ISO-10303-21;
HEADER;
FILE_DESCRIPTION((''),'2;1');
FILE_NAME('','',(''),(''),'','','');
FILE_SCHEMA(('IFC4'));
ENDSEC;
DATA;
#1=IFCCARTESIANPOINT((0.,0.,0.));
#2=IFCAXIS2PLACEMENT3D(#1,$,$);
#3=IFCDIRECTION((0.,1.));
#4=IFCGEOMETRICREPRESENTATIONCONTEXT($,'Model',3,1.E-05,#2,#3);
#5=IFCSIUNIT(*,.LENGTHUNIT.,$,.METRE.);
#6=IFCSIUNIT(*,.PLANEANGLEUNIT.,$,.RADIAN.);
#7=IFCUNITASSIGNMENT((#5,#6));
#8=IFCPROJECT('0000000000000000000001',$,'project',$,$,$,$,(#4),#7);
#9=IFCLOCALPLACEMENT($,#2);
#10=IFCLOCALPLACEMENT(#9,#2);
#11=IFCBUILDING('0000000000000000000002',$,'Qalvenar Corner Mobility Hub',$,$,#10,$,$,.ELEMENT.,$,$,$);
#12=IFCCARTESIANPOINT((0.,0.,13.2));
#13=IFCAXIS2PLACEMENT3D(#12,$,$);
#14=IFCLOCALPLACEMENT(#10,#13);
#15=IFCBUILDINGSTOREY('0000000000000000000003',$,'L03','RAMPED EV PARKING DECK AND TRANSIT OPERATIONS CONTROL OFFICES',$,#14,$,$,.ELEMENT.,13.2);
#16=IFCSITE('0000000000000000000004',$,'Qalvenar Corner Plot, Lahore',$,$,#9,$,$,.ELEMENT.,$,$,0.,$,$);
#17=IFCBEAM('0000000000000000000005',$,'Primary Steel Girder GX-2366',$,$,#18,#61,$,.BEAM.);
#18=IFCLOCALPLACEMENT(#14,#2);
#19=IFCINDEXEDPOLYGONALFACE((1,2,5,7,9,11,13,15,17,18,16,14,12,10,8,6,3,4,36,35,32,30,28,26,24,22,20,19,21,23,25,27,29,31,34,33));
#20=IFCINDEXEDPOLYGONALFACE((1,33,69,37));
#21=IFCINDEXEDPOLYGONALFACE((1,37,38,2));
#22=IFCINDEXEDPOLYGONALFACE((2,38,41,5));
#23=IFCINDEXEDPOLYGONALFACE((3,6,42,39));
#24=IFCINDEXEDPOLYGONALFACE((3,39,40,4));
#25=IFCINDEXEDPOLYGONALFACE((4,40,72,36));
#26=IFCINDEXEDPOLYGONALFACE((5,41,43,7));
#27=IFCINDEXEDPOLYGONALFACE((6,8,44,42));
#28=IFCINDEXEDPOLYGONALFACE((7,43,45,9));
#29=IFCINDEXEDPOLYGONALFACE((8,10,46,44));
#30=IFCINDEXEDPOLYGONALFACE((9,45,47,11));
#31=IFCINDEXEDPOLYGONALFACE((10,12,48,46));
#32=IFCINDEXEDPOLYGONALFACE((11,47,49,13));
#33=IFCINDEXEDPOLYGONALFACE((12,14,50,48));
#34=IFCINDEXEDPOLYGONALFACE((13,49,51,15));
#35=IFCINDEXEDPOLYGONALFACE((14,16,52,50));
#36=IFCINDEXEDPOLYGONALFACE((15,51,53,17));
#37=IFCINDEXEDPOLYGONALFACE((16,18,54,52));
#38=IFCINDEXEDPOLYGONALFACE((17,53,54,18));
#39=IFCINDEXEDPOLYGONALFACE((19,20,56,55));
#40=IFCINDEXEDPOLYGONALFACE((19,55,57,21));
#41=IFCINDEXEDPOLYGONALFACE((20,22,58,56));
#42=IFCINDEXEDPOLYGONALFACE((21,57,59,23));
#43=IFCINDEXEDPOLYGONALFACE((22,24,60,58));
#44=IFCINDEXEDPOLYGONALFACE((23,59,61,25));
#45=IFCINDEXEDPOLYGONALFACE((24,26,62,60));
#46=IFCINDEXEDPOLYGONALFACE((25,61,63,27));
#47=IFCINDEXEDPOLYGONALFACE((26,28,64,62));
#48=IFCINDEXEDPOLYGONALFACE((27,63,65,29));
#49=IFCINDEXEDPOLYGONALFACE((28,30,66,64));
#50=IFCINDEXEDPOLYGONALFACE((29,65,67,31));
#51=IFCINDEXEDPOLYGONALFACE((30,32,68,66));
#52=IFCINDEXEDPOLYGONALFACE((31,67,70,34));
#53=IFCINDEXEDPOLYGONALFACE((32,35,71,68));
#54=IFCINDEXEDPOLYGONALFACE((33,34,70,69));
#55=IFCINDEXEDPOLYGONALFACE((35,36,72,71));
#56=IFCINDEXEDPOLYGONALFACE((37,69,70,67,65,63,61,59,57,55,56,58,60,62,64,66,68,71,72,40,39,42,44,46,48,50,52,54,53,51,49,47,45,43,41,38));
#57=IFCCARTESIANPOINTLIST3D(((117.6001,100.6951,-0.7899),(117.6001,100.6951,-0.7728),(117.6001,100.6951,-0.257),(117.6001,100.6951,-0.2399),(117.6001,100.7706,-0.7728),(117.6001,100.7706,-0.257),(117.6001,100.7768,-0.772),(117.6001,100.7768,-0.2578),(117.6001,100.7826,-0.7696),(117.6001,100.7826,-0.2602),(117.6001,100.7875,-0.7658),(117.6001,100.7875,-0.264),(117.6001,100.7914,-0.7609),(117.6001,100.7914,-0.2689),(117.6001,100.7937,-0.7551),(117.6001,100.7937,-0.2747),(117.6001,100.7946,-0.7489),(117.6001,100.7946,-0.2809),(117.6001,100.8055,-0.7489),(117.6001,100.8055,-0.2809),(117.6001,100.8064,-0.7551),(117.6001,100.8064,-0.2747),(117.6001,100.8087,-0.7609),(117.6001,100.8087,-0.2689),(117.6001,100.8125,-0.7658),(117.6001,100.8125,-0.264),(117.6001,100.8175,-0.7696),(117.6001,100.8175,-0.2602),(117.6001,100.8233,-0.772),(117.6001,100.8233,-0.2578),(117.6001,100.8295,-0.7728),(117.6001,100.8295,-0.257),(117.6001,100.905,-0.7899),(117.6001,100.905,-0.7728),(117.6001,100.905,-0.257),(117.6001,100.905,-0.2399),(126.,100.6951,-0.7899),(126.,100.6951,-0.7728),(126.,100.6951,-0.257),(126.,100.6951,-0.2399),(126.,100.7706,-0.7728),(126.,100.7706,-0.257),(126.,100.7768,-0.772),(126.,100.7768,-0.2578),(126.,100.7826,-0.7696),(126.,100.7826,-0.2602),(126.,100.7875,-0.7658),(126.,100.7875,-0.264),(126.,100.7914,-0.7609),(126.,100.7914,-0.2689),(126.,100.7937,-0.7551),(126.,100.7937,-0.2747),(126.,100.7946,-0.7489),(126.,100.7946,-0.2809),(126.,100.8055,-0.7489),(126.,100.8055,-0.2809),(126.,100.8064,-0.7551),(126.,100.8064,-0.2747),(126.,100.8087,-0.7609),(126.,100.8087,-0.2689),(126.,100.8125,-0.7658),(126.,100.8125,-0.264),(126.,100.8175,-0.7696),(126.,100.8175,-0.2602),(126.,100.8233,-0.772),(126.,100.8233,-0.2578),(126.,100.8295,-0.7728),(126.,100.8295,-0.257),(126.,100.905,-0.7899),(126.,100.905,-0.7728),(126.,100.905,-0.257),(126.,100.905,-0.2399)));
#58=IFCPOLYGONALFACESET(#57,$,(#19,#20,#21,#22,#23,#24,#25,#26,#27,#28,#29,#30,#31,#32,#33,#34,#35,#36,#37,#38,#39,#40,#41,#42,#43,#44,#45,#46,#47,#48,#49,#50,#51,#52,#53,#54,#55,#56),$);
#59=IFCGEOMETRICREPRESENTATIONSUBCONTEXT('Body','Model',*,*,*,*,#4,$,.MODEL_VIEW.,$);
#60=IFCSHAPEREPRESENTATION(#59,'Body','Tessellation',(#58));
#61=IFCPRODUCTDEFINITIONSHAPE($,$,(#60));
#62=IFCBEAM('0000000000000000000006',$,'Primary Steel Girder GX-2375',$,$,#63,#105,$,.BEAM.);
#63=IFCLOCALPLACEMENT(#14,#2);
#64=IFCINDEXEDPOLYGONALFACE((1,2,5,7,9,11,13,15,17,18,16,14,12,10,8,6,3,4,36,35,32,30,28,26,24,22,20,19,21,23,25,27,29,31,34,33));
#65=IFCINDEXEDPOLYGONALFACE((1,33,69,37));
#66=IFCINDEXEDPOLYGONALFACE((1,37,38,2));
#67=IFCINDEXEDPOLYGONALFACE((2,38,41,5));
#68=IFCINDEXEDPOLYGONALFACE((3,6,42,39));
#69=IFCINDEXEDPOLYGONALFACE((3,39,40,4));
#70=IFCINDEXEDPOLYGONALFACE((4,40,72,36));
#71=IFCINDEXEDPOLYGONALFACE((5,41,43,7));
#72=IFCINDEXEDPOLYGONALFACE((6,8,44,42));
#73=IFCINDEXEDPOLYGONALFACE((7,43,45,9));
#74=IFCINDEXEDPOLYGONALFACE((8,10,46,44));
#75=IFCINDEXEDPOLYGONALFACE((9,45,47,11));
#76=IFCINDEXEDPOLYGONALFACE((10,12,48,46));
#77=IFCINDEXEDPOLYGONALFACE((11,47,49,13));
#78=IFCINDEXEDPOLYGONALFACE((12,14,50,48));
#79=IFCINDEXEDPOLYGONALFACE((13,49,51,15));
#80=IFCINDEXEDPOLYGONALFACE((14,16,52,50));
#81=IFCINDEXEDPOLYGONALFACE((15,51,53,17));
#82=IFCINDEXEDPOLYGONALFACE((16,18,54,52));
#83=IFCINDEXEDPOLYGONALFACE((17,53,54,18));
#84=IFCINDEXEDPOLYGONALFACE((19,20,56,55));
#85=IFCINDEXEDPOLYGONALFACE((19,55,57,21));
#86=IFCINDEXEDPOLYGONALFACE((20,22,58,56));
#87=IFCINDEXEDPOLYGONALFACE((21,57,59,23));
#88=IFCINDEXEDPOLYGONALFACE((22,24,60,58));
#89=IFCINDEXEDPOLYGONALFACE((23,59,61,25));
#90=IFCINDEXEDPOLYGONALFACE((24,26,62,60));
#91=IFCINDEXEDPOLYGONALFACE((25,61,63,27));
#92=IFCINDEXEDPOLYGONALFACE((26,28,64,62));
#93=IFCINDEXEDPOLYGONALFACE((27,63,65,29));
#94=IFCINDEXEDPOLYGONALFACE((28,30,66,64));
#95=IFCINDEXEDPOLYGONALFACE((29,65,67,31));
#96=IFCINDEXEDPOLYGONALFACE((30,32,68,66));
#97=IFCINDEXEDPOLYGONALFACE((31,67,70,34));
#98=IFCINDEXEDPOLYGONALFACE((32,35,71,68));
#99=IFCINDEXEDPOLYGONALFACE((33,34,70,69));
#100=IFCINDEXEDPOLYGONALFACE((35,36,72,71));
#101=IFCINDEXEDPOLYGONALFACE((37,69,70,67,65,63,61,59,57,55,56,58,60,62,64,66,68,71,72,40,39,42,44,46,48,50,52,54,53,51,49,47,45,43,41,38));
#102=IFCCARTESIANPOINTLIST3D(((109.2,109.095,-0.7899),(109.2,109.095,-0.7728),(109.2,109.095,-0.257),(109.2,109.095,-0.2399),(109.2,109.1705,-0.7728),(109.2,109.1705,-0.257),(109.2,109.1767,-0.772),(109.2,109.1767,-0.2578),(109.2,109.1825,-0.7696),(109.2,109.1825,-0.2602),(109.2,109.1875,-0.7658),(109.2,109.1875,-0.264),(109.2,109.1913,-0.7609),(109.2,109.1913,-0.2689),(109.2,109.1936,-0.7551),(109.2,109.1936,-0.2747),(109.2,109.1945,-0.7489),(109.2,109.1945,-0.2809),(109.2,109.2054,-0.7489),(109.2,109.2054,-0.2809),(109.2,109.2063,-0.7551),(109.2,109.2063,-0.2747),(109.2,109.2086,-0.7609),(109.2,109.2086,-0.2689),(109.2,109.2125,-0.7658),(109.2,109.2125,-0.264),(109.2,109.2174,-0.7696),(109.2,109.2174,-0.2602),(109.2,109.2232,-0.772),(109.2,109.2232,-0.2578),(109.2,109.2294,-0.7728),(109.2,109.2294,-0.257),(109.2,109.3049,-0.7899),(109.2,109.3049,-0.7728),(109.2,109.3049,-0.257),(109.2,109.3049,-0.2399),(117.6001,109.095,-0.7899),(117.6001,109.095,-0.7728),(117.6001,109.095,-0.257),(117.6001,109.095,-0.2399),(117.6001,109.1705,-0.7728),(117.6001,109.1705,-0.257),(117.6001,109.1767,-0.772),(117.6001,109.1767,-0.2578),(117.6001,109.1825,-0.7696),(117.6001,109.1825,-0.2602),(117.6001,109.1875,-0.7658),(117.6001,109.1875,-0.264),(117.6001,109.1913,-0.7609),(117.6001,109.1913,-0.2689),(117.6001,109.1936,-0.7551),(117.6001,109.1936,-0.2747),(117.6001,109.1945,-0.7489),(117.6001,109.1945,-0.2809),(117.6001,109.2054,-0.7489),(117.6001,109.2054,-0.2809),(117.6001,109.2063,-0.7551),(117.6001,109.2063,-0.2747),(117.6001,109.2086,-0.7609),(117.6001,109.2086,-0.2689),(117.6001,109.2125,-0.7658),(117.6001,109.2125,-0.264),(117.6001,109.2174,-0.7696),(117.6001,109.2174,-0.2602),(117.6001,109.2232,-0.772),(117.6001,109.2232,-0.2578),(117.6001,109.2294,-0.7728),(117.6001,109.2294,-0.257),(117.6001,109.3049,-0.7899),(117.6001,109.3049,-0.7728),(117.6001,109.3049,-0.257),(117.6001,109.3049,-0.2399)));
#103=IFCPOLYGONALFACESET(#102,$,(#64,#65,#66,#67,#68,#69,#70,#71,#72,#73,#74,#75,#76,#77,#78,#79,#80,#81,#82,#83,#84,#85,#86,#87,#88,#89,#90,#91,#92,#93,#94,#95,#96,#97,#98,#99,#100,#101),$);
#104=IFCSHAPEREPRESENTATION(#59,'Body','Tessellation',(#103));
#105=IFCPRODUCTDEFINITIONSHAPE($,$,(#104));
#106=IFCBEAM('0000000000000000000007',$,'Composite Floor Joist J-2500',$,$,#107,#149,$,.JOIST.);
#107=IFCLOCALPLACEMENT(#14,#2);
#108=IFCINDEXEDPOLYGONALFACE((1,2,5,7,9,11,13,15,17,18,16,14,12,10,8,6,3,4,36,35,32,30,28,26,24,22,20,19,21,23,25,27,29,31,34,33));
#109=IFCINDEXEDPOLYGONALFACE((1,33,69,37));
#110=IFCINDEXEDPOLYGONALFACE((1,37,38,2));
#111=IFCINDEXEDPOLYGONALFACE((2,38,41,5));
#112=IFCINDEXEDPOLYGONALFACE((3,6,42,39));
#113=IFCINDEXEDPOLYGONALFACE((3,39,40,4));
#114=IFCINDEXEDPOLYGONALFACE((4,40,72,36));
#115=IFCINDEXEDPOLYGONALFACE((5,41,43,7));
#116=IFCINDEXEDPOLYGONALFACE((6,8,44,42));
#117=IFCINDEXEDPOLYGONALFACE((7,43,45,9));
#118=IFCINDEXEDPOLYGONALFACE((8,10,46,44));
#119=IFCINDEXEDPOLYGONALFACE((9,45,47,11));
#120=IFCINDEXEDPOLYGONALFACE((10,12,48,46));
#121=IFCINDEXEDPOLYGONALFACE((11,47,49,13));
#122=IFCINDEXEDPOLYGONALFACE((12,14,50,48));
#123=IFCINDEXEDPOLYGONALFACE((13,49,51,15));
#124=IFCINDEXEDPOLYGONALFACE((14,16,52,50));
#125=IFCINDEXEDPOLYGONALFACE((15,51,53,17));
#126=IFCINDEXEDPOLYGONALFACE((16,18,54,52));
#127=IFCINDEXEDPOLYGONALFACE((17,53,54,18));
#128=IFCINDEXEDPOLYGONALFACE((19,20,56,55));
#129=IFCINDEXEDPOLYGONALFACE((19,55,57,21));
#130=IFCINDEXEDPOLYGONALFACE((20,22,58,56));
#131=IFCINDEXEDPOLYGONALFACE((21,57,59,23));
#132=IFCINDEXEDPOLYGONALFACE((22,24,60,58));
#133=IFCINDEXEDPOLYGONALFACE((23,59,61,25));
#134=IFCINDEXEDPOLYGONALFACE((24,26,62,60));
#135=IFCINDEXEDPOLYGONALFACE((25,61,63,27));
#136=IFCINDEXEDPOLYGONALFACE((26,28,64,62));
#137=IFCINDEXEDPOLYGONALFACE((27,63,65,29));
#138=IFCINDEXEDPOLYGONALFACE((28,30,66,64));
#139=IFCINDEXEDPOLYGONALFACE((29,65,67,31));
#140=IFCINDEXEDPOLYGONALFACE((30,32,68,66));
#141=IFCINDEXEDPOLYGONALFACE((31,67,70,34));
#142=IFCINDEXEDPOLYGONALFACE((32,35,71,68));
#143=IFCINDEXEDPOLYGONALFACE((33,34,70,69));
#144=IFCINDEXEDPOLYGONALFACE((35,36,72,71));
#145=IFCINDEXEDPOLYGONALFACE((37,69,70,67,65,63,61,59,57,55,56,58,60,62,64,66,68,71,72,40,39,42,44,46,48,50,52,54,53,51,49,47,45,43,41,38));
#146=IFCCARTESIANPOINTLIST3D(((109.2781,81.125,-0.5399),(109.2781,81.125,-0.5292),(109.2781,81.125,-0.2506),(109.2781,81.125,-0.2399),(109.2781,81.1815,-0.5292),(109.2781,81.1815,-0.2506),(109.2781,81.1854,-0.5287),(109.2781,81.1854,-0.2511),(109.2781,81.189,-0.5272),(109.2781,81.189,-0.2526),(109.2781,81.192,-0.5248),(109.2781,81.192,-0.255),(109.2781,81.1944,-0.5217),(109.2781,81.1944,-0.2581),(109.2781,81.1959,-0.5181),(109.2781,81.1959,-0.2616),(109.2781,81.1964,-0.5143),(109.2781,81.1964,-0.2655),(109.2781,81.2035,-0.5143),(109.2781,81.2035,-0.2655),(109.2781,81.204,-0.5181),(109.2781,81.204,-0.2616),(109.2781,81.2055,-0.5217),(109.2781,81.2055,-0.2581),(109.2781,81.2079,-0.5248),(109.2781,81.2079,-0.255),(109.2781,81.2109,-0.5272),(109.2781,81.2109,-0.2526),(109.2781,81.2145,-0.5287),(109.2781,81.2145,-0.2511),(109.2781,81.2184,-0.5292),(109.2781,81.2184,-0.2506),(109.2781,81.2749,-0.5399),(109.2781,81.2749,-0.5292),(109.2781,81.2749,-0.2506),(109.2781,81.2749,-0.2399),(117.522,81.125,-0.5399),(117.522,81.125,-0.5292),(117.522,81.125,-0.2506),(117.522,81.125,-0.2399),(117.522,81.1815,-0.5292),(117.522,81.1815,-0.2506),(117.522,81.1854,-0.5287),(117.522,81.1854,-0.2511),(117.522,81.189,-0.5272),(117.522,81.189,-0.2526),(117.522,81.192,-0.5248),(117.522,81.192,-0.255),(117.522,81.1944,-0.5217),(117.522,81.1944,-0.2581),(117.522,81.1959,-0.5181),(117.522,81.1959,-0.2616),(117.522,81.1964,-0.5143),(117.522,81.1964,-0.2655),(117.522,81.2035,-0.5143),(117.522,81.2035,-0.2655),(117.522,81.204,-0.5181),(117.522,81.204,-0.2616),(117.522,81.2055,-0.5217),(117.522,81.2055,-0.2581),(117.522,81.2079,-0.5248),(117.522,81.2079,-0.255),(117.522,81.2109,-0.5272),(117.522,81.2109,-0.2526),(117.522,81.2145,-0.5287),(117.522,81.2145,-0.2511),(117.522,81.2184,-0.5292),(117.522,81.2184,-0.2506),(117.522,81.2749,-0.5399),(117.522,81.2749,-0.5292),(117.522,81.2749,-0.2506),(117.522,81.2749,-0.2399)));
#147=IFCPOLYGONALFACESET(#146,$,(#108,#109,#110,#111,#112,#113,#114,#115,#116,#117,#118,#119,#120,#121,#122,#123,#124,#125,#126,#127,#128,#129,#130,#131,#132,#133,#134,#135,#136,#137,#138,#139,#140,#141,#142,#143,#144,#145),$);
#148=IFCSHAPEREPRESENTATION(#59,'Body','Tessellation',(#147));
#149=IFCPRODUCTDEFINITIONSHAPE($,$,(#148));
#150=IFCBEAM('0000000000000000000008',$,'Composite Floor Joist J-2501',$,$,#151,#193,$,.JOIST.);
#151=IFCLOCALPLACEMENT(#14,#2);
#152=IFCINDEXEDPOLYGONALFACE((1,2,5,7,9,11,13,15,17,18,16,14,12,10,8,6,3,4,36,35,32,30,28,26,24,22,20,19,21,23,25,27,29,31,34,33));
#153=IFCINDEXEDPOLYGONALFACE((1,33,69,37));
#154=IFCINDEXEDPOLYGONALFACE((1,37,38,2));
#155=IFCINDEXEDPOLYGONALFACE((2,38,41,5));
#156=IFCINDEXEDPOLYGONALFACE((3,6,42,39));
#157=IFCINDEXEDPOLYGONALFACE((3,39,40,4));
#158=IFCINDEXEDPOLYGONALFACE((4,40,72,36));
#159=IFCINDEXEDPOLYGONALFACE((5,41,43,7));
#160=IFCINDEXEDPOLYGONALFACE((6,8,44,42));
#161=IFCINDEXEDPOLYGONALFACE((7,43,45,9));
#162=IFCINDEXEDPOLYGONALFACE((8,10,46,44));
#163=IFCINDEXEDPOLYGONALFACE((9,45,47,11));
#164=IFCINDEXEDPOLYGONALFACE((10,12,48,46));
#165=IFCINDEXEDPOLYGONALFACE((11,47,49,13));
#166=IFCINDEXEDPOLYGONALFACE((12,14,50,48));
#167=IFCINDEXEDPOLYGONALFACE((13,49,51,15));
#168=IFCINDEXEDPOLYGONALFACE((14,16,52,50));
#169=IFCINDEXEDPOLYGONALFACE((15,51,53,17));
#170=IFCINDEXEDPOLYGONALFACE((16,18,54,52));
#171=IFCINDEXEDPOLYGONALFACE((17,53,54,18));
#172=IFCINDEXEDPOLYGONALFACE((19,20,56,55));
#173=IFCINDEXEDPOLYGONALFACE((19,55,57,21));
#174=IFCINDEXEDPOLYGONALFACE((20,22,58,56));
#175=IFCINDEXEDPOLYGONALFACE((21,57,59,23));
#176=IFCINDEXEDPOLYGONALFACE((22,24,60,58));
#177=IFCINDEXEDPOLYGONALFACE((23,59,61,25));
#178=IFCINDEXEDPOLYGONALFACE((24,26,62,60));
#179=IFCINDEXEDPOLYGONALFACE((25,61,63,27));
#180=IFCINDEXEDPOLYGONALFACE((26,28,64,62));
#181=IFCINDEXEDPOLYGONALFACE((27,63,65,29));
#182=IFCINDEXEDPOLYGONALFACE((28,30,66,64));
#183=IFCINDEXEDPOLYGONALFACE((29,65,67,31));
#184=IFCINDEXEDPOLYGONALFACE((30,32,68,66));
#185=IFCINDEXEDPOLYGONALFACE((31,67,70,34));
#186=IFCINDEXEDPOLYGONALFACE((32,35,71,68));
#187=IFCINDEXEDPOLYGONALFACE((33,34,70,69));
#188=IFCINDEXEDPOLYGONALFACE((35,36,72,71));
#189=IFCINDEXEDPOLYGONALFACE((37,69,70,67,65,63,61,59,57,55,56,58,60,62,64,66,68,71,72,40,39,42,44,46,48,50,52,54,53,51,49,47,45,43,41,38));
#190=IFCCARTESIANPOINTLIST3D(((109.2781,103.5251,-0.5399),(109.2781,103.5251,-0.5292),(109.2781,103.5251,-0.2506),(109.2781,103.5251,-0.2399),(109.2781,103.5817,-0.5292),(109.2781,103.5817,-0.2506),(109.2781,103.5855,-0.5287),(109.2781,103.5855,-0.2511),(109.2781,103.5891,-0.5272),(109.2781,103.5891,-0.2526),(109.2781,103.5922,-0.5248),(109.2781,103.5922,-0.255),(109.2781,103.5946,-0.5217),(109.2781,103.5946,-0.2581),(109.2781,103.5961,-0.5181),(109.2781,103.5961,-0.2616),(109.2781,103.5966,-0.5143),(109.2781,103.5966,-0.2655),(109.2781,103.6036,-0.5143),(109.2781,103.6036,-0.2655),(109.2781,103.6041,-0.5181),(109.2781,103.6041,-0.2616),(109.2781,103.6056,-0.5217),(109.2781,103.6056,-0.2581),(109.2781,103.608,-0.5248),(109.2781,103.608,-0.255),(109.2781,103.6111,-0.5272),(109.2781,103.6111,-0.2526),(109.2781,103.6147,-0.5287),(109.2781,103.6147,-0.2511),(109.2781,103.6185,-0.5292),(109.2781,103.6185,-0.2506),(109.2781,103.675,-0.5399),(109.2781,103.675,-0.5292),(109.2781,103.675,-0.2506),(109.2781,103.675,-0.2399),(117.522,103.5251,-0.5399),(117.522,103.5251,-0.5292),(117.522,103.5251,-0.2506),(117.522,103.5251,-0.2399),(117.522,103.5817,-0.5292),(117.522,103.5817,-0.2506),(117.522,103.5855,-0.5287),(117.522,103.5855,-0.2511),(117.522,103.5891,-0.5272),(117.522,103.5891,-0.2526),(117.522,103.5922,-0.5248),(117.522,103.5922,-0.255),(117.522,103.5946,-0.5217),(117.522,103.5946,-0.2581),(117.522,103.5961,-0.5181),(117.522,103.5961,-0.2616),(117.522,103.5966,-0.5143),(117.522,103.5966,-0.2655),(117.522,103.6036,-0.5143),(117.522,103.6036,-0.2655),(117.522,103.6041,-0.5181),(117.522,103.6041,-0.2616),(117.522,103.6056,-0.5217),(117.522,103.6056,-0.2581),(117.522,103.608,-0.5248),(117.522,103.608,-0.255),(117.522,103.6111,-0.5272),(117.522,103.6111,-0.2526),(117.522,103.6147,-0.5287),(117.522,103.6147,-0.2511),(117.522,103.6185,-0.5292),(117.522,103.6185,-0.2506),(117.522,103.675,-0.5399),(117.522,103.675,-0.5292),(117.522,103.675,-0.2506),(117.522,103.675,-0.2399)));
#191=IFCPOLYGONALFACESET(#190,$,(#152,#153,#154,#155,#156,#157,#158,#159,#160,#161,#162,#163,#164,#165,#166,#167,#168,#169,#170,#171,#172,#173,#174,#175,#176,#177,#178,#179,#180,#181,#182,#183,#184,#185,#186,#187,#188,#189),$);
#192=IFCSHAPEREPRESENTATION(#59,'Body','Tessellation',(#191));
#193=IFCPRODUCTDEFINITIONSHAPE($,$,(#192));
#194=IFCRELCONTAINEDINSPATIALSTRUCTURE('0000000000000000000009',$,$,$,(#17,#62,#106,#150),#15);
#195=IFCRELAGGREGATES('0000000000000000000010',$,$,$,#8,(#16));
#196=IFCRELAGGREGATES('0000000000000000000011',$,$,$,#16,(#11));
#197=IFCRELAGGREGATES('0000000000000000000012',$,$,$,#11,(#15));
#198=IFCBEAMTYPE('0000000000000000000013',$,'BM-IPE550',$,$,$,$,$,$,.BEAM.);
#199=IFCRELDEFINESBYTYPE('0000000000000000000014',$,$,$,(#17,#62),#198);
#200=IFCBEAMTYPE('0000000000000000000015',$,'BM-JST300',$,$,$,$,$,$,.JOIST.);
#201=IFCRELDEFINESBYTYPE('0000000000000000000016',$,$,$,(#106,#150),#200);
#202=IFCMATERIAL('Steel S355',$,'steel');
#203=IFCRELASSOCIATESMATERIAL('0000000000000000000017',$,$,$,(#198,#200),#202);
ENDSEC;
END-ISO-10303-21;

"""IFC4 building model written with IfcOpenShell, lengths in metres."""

from ifc_helpers import new_model, si_unit, direction, frame, origin, origin_2d, place, context, subcontext, project, spatial, i_section, extrude, material, material_profile, profile_set, type_object, element, save


model = new_model("IFC4")

# Units and contexts
model_context = context("Model", 3, precision=1e-05, world=origin(), true_north=direction((0.0, 1.0)))
body_context = subcontext(model_context, "Body", "Model", "MODEL_VIEW")
ifc_project = project(units=[si_unit("LENGTHUNIT", "METRE"), si_unit("PLANEANGLEUNIT", "RADIAN")], contexts=[model_context])

# Site, building, storey
site_placement = place(None, origin())
site = spatial("IfcSite", under=ifc_project, at=site_placement, Name="Qalvenar Corner Plot, Lahore", CompositionType="ELEMENT", RefElevation=0.0)
building_placement = place(site_placement, origin())
building = spatial("IfcBuilding", under=site, at=building_placement, Name="Qalvenar Corner Mobility Hub", CompositionType="ELEMENT")
storey_placement = place(building_placement, frame((0.0, 0.0, 13.2)))
storey = spatial("IfcBuildingStorey", under=building, at=storey_placement, Name="L03", Description="RAMPED EV PARKING DECK AND TRANSIT OPERATIONS CONTROL OFFICES", CompositionType="ELEMENT", Elevation=13.2)

# Shared definitions
ifc_material = material(Name="Steel S355", Category="steel")

# Beams
ifc_material_profile_1 = material_profile(ifc_material, i_section(OverallWidth=0.21, OverallDepth=0.55, WebThickness=0.011, FlangeThickness=0.0171, FilletRadius=0.0239, at=origin_2d()), Name="IPE550")
ifc_profile_set_1 = profile_set([ifc_material_profile_1], Name="Steel S355")
beam_type_1 = type_object("IfcBeamType", Name="BM-IPE550", PredefinedType="BEAM", material=ifc_profile_set_1)
beam_1_placement = place(storey_placement, frame((117.6001, 100.8, -0.5149), z_axis=(1.0, 0.0, 0.0), x_axis=(0.0, 1.0, 0.0)))
element("IfcBeam", 1, at=beam_1_placement, inside=storey, type_object=beam_type_1, Name="Primary Steel Girder GX-2366", PredefinedType="BEAM", context=body_context, shape_type="SweptSolid", body=[
    extrude(i_section(OverallWidth=0.21, OverallDepth=0.55, WebThickness=0.011, FlangeThickness=0.0171, FilletRadius=0.0239, at=origin_2d()), origin(), (0.0, 0.0, 1.0), 8.3999),
])
beam_2_placement = place(storey_placement, frame((109.2, 109.2, -0.5149), z_axis=(1.0, 0.0, 0.0), x_axis=(0.0, 1.0, 0.0)))
element("IfcBeam", 2, at=beam_2_placement, inside=storey, type_object=beam_type_1, Name="Primary Steel Girder GX-2375", PredefinedType="BEAM", context=body_context, shape_type="SweptSolid", body=[
    extrude(i_section(OverallWidth=0.21, OverallDepth=0.55, WebThickness=0.011, FlangeThickness=0.0171, FilletRadius=0.0239, at=origin_2d()), origin(), (0.0, 0.0, 1.0), 8.4001),
])
ifc_material_profile_2 = material_profile(ifc_material, i_section(OverallWidth=0.1499, OverallDepth=0.3, WebThickness=0.0071, FlangeThickness=0.0107, FilletRadius=0.0149, at=origin_2d()), Name="IPE300")
ifc_profile_set_2 = profile_set([ifc_material_profile_2], Name="Steel S355")
beam_type_2 = type_object("IfcBeamType", Name="BM-JST300", PredefinedType="JOIST", material=ifc_profile_set_2)
for number, where, z_axis, x_axis, name in (
    (3, (109.2781, 81.2, -0.3899), (1.0, 0.0, 0.0), (0.0, 1.0, 0.0), "Composite Floor Joist J-2500"),
    (4, (109.2781, 103.6001, -0.3899), (1.0, 0.0, 0.0), (0.0, 1.0, 0.0), "Composite Floor Joist J-2501"),
):
    element("IfcBeam", number, at=place(storey_placement, frame(where, z_axis=z_axis, x_axis=x_axis)), inside=storey, type_object=beam_type_2, Name=name, PredefinedType="JOIST", context=body_context, shape_type="SweptSolid", body=[
        extrude(i_section(OverallWidth=0.1499, OverallDepth=0.3, WebThickness=0.0071, FlangeThickness=0.0107, FilletRadius=0.0149, at=origin_2d()), origin(), (0.0, 0.0, 1.0), 8.2439),
    ])

save(model, "model.ifc")
